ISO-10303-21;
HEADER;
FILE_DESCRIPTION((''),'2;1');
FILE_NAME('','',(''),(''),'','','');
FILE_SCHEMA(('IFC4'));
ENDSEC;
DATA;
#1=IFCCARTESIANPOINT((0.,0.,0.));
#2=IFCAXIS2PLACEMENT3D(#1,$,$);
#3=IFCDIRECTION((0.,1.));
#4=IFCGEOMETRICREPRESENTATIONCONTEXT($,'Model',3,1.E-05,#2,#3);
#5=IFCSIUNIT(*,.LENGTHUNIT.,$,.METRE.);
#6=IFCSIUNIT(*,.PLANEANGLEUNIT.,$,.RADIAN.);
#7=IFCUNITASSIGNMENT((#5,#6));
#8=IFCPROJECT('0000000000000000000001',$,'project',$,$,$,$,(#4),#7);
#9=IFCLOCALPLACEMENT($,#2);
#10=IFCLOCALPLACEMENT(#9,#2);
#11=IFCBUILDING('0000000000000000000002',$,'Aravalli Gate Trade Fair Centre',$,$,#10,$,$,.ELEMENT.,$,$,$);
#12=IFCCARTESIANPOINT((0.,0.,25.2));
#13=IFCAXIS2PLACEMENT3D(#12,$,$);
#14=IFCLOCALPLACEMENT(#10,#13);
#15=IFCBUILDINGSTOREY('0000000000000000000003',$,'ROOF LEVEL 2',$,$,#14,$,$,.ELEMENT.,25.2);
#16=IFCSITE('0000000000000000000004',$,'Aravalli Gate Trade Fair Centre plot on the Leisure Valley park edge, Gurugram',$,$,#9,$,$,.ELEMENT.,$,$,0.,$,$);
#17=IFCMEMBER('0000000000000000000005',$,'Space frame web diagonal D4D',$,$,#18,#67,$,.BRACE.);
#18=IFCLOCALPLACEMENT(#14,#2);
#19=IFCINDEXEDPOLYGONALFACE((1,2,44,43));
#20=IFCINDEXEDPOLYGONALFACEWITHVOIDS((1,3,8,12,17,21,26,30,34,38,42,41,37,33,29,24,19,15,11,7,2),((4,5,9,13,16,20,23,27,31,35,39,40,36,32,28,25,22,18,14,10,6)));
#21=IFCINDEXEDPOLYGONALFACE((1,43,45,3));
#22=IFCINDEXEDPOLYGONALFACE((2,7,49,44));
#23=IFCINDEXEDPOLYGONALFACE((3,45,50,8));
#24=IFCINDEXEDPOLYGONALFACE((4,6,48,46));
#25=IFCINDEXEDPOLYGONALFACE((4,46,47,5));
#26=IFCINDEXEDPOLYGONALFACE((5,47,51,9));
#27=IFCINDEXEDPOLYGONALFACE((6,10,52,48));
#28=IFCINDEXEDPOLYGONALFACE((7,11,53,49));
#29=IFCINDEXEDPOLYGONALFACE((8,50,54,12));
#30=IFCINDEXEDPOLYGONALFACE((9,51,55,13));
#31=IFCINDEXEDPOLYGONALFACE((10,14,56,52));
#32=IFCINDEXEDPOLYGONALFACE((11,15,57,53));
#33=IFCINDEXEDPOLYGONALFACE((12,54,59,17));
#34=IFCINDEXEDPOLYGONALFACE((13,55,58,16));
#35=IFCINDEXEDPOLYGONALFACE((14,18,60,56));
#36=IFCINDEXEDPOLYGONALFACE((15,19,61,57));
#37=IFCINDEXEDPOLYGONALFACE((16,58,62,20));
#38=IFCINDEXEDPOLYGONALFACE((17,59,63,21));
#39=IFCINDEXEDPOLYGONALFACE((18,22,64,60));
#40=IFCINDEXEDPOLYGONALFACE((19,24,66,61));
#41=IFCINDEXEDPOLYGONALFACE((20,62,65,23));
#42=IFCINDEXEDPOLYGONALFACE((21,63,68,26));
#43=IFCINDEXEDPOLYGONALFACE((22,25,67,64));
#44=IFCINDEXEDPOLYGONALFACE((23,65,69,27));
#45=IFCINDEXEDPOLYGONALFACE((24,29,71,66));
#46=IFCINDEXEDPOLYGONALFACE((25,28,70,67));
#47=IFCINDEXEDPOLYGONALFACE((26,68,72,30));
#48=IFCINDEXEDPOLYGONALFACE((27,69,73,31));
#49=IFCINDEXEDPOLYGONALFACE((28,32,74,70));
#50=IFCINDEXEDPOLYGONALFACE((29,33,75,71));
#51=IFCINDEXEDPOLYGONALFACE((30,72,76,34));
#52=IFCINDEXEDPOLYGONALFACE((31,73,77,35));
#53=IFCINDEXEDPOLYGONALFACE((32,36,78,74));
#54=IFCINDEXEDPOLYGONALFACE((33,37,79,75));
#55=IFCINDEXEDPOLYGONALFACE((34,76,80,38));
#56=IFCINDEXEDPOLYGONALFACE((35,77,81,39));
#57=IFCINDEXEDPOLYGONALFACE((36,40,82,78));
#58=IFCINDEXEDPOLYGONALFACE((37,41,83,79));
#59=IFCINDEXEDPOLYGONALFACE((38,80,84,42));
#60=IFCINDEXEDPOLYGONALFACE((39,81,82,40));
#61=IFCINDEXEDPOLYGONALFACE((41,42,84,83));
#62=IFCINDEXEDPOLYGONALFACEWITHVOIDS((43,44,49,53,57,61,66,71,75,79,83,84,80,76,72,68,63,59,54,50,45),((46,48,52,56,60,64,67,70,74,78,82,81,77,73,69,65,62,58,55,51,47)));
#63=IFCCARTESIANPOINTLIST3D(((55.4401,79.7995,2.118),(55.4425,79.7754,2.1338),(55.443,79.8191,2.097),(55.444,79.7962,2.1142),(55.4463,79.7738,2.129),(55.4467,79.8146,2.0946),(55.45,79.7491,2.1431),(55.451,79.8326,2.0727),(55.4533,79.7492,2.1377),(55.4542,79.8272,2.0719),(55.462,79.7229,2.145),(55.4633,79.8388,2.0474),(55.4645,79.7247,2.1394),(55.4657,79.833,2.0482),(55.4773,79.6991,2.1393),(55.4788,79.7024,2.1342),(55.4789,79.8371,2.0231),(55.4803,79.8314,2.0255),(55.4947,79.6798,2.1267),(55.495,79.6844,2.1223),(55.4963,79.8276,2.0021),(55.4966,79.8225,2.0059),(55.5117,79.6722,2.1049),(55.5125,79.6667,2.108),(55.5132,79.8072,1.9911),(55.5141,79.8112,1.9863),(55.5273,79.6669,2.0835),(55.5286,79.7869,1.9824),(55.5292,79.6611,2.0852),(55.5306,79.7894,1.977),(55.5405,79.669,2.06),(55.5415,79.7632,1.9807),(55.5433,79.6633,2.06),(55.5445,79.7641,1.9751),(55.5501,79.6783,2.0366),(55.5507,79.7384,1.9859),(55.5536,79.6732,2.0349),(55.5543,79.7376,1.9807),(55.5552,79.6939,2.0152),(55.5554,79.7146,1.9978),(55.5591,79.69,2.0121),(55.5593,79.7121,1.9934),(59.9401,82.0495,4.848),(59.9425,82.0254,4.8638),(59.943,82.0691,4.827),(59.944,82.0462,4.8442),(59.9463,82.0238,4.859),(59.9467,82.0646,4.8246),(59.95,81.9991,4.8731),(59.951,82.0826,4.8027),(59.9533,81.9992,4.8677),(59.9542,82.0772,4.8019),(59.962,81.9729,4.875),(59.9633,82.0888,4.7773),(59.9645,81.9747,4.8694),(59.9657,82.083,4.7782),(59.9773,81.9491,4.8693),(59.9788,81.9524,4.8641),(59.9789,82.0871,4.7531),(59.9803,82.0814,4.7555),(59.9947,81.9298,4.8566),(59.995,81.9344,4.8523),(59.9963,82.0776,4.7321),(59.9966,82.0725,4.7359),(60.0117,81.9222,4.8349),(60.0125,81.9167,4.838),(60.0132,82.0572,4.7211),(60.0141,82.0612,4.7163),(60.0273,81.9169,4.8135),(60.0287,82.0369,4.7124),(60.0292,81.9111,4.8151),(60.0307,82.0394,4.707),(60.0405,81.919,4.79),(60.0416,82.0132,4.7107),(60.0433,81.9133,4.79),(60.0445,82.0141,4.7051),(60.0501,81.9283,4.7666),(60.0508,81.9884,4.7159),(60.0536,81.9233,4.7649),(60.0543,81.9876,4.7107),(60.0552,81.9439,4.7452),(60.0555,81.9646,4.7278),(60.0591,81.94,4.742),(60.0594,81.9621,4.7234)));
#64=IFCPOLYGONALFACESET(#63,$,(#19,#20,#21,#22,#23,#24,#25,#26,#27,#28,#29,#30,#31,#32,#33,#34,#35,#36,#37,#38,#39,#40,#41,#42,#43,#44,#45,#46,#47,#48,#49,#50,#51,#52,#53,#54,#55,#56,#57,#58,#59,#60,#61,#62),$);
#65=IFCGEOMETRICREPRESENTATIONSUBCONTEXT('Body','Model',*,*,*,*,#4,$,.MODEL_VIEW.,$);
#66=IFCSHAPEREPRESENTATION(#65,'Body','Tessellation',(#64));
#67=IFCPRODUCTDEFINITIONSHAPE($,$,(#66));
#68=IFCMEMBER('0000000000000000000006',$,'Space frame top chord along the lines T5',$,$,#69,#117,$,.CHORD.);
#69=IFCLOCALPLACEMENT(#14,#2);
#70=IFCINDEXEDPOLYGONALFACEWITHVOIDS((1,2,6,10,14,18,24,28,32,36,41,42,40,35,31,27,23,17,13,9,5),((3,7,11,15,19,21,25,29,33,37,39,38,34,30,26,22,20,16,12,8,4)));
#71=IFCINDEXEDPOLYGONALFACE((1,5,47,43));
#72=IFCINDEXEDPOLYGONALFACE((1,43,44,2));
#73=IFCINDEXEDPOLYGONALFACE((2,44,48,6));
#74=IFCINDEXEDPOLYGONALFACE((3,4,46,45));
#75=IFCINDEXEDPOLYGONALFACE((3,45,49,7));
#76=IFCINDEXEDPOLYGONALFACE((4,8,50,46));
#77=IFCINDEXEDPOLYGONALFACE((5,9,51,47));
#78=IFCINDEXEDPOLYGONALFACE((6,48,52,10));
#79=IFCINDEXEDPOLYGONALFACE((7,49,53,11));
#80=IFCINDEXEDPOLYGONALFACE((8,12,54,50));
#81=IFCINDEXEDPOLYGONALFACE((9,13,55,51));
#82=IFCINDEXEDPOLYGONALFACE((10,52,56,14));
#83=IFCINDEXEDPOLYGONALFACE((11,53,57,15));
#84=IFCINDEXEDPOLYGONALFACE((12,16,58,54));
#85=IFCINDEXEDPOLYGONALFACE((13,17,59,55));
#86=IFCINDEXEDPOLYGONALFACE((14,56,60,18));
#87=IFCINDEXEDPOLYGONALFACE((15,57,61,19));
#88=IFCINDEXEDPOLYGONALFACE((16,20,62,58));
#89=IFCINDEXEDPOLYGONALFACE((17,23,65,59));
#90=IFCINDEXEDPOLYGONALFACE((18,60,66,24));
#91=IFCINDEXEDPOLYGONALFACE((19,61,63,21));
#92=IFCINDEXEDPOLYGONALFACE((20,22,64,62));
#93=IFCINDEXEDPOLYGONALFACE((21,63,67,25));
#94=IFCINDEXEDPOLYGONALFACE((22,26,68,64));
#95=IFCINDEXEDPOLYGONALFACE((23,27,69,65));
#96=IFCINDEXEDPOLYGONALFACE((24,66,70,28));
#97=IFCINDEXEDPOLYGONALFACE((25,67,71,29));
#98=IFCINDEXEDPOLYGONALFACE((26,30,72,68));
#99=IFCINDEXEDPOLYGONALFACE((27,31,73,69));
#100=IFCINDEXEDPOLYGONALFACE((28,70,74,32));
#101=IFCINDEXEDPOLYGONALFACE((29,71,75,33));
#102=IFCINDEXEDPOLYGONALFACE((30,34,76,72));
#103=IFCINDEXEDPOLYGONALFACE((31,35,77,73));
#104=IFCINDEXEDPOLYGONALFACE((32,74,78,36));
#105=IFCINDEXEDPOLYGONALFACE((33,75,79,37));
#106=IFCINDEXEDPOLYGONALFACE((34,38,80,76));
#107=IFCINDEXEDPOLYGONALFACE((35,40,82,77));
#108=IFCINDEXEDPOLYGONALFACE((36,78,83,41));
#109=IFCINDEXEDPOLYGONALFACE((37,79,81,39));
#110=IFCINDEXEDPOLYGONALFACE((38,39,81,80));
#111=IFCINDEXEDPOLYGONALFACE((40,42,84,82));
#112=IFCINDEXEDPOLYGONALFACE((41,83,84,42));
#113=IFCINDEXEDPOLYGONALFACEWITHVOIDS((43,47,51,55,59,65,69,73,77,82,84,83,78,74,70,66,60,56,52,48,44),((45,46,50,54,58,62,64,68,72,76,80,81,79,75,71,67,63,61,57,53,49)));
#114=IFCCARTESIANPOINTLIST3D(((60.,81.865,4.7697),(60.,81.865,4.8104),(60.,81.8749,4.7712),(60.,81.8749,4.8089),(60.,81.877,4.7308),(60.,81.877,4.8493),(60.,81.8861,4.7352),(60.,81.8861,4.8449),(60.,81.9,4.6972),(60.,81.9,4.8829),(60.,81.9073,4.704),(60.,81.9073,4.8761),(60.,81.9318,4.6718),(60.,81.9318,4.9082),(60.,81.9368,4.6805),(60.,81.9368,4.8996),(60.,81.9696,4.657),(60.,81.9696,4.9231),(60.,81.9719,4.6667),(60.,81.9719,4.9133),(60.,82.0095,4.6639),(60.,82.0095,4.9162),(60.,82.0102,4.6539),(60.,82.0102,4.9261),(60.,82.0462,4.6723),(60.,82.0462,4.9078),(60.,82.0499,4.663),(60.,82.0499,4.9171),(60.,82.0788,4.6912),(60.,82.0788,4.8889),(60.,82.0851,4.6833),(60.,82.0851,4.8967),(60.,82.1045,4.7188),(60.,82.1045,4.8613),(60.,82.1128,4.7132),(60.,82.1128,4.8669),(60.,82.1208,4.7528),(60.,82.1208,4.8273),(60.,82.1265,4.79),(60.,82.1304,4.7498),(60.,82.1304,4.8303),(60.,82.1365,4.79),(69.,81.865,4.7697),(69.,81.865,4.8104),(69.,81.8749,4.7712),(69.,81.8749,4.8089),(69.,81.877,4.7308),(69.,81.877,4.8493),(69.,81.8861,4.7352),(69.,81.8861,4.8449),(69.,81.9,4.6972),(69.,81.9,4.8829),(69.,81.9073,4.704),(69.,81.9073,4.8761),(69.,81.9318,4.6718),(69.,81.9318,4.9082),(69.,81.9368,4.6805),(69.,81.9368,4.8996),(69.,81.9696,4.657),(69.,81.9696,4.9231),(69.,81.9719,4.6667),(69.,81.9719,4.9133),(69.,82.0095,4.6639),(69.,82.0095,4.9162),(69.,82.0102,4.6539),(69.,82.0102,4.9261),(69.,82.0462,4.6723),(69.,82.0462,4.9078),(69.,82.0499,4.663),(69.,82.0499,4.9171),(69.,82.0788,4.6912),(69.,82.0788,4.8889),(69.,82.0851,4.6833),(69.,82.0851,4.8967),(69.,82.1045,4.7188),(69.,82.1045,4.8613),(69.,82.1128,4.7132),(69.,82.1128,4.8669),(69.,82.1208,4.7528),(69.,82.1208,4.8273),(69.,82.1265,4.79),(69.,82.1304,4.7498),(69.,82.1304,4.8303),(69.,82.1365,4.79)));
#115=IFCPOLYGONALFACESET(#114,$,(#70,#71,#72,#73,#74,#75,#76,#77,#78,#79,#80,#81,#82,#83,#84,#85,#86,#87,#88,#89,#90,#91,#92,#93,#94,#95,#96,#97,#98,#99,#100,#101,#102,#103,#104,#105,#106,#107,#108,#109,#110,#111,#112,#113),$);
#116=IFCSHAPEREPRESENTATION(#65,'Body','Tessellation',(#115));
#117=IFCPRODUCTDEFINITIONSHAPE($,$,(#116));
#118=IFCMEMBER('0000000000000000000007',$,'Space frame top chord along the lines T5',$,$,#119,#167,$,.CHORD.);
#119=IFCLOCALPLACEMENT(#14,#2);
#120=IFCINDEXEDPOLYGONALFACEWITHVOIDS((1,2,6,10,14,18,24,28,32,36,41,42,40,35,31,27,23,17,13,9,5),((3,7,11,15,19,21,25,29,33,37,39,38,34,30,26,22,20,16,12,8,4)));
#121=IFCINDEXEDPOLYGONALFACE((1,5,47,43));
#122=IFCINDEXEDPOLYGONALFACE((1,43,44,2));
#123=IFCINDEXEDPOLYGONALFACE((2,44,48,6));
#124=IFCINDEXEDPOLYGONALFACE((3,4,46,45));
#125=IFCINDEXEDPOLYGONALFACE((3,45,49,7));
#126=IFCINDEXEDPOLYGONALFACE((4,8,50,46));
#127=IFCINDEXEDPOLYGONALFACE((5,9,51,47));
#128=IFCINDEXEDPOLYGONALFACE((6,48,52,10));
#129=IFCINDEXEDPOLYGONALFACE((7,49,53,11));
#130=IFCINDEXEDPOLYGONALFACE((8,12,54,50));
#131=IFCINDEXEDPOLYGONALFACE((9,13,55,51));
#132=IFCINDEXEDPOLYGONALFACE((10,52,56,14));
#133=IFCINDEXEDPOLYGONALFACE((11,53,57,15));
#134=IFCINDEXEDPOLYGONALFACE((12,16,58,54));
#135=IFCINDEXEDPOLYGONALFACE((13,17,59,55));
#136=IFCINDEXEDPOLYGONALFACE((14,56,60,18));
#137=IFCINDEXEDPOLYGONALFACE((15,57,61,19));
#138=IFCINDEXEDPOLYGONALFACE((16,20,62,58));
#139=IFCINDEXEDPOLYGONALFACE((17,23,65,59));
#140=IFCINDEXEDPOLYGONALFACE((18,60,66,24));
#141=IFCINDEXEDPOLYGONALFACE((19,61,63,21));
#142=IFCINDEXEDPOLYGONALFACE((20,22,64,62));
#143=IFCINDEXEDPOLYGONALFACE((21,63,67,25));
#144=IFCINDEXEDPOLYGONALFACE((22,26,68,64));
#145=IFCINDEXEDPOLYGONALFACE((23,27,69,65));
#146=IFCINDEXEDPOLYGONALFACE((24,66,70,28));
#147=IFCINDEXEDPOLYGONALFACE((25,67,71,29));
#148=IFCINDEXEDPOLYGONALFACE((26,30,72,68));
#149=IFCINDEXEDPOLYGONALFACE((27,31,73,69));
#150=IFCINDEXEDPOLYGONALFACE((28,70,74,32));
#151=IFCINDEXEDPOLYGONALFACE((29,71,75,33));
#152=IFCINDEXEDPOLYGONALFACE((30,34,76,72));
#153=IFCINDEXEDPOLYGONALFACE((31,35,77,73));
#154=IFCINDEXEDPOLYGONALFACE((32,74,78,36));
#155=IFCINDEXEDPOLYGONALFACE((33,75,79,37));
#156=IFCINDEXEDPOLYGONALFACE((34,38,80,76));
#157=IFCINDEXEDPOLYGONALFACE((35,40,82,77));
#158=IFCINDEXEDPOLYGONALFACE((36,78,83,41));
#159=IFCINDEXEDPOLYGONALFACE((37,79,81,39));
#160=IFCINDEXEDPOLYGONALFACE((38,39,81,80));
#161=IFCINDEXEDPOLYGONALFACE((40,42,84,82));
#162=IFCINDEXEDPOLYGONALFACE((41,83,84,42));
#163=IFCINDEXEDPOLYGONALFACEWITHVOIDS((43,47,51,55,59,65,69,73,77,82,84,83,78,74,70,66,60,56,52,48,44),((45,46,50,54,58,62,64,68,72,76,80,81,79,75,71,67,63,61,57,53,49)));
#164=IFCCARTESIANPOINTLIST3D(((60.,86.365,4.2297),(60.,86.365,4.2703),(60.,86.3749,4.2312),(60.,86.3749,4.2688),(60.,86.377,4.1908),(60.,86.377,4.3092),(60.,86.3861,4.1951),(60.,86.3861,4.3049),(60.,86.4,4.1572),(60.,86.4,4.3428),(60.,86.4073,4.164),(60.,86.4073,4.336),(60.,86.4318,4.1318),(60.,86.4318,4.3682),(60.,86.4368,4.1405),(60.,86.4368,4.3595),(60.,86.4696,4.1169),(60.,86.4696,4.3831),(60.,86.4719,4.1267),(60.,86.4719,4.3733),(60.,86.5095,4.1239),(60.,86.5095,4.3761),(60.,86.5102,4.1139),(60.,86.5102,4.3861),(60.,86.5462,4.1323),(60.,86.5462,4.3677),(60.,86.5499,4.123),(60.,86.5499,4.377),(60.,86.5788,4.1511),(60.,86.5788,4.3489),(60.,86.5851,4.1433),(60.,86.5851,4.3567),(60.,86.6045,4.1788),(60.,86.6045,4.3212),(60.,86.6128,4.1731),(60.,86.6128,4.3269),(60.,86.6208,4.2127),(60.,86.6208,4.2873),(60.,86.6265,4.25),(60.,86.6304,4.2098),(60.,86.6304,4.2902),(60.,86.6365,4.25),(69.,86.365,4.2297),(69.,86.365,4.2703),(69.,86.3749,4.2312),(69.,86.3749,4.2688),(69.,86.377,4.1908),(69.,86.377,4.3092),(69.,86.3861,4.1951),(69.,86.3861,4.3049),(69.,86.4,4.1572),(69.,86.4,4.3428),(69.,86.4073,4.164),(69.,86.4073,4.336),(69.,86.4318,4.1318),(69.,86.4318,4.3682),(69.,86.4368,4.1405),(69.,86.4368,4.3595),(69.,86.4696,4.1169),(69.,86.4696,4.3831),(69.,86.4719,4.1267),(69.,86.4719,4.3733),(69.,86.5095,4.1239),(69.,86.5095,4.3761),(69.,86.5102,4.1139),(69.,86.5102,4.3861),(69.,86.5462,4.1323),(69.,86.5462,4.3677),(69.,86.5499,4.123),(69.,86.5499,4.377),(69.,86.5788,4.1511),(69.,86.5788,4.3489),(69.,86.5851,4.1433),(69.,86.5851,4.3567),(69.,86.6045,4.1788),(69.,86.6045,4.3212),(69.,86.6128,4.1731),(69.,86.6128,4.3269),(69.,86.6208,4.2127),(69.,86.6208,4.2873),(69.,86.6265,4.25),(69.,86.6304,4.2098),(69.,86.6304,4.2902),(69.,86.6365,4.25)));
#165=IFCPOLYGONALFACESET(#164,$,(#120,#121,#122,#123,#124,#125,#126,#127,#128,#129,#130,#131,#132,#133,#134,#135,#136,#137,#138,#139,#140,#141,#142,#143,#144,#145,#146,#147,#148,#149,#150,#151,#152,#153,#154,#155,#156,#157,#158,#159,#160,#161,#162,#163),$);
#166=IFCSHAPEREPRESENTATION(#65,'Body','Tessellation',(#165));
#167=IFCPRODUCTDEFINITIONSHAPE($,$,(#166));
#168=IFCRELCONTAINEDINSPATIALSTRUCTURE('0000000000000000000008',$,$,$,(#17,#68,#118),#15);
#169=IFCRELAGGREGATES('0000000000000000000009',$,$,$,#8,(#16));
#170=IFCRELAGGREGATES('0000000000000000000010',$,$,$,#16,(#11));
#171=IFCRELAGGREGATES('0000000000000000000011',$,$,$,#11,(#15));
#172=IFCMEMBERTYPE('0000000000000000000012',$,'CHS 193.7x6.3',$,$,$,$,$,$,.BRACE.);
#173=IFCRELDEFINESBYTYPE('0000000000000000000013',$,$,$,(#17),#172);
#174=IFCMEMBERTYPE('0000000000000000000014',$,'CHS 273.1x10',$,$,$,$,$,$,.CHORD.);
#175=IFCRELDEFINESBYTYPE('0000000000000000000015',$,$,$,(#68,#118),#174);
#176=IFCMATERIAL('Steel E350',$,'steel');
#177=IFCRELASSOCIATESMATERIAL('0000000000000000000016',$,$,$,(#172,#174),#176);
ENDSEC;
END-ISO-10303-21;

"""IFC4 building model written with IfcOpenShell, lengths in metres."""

from ifc_helpers import new_model, si_unit, direction, frame, origin, origin_2d, place, context, subcontext, project, spatial, hollow_circle, extrude, material, material_profile, profile_set, type_object, element, save


model = new_model("IFC4")

# Units and contexts
model_context = context("Model", 3, precision=1e-05, world=origin(), true_north=direction((0.0, 1.0)))
body_context = subcontext(model_context, "Body", "Model", "MODEL_VIEW")
ifc_project = project(units=[si_unit("LENGTHUNIT", "METRE"), si_unit("PLANEANGLEUNIT", "RADIAN")], contexts=[model_context])

# Site, building, storey
site_placement = place(None, origin())
site = spatial("IfcSite", under=ifc_project, at=site_placement, Name="Aravalli Gate Trade Fair Centre plot on the Leisure Valley park edge, Gurugram", CompositionType="ELEMENT", RefElevation=0.0)
building_placement = place(site_placement, origin())
building = spatial("IfcBuilding", under=site, at=building_placement, Name="Aravalli Gate Trade Fair Centre", CompositionType="ELEMENT")
storey_placement = place(building_placement, frame((0.0, 0.0, 25.2)))
storey = spatial("IfcBuildingStorey", under=building, at=storey_placement, Name="ROOF LEVEL 2", CompositionType="ELEMENT", Elevation=25.2)

# Members
ifc_material_1 = material(Name="Steel E350", Category="steel")
ifc_material_profile_1 = material_profile(ifc_material_1, hollow_circle(Radius=0.0969, WallThickness=0.0063, at=origin_2d()), Name="CHS 193.7x6.3")
ifc_profile_set_1 = profile_set([ifc_material_profile_1], Name="Steel E350")
member_type_1 = type_object("IfcMemberType", Name="CHS 193.7x6.3", PredefinedType="BRACE", material=ifc_profile_set_1)
for number, where, z_axis, x_axis, name in (
    (1, (60.0, 82.0, 4.79), (-0.78615, -0.393075, -0.476928), (0.447214, -0.894427, 0.0), "Space frame web diagonal D4D"),
):
    element("IfcMember", number, at=place(storey_placement, frame(where, z_axis=z_axis, x_axis=x_axis)), inside=storey, type_object=member_type_1, Name=name, PredefinedType="BRACE", context=body_context, shape_type="SweptSolid", body=[
        extrude(hollow_circle(Radius=0.0969, WallThickness=0.0063, at=origin_2d()), origin(), (0.0, 0.0, 1.0), 5.7241),
    ])
ifc_material_profile_2 = material_profile(ifc_material_1, hollow_circle(Radius=0.1365, WallThickness=0.01, at=origin_2d()), Name="CHS 273.1x10")
ifc_profile_set_2 = profile_set([ifc_material_profile_2], Name="Steel E350")
member_type_2 = type_object("IfcMemberType", Name="CHS 273.1x10", PredefinedType="CHORD", material=ifc_profile_set_2)
for number, where, z_axis, x_axis, name in (
    (2, (60.0, 82.0, 4.79), (1.0, 0.0, 0.0), (0.0, 1.0, 0.0), "Space frame top chord along the lines T5"),
    (3, (60.0, 86.5, 4.25), (1.0, 0.0, 0.0), (0.0, 1.0, 0.0), "Space frame top chord along the lines T5"),
):
    element("IfcMember", number, at=place(storey_placement, frame(where, z_axis=z_axis, x_axis=x_axis)), inside=storey, type_object=member_type_2, Name=name, PredefinedType="CHORD", context=body_context, shape_type="SweptSolid", body=[
        extrude(hollow_circle(Radius=0.1365, WallThickness=0.01, at=origin_2d()), origin(), (0.0, 0.0, 1.0), 9.0),
    ])

save(model, "model.ifc")
